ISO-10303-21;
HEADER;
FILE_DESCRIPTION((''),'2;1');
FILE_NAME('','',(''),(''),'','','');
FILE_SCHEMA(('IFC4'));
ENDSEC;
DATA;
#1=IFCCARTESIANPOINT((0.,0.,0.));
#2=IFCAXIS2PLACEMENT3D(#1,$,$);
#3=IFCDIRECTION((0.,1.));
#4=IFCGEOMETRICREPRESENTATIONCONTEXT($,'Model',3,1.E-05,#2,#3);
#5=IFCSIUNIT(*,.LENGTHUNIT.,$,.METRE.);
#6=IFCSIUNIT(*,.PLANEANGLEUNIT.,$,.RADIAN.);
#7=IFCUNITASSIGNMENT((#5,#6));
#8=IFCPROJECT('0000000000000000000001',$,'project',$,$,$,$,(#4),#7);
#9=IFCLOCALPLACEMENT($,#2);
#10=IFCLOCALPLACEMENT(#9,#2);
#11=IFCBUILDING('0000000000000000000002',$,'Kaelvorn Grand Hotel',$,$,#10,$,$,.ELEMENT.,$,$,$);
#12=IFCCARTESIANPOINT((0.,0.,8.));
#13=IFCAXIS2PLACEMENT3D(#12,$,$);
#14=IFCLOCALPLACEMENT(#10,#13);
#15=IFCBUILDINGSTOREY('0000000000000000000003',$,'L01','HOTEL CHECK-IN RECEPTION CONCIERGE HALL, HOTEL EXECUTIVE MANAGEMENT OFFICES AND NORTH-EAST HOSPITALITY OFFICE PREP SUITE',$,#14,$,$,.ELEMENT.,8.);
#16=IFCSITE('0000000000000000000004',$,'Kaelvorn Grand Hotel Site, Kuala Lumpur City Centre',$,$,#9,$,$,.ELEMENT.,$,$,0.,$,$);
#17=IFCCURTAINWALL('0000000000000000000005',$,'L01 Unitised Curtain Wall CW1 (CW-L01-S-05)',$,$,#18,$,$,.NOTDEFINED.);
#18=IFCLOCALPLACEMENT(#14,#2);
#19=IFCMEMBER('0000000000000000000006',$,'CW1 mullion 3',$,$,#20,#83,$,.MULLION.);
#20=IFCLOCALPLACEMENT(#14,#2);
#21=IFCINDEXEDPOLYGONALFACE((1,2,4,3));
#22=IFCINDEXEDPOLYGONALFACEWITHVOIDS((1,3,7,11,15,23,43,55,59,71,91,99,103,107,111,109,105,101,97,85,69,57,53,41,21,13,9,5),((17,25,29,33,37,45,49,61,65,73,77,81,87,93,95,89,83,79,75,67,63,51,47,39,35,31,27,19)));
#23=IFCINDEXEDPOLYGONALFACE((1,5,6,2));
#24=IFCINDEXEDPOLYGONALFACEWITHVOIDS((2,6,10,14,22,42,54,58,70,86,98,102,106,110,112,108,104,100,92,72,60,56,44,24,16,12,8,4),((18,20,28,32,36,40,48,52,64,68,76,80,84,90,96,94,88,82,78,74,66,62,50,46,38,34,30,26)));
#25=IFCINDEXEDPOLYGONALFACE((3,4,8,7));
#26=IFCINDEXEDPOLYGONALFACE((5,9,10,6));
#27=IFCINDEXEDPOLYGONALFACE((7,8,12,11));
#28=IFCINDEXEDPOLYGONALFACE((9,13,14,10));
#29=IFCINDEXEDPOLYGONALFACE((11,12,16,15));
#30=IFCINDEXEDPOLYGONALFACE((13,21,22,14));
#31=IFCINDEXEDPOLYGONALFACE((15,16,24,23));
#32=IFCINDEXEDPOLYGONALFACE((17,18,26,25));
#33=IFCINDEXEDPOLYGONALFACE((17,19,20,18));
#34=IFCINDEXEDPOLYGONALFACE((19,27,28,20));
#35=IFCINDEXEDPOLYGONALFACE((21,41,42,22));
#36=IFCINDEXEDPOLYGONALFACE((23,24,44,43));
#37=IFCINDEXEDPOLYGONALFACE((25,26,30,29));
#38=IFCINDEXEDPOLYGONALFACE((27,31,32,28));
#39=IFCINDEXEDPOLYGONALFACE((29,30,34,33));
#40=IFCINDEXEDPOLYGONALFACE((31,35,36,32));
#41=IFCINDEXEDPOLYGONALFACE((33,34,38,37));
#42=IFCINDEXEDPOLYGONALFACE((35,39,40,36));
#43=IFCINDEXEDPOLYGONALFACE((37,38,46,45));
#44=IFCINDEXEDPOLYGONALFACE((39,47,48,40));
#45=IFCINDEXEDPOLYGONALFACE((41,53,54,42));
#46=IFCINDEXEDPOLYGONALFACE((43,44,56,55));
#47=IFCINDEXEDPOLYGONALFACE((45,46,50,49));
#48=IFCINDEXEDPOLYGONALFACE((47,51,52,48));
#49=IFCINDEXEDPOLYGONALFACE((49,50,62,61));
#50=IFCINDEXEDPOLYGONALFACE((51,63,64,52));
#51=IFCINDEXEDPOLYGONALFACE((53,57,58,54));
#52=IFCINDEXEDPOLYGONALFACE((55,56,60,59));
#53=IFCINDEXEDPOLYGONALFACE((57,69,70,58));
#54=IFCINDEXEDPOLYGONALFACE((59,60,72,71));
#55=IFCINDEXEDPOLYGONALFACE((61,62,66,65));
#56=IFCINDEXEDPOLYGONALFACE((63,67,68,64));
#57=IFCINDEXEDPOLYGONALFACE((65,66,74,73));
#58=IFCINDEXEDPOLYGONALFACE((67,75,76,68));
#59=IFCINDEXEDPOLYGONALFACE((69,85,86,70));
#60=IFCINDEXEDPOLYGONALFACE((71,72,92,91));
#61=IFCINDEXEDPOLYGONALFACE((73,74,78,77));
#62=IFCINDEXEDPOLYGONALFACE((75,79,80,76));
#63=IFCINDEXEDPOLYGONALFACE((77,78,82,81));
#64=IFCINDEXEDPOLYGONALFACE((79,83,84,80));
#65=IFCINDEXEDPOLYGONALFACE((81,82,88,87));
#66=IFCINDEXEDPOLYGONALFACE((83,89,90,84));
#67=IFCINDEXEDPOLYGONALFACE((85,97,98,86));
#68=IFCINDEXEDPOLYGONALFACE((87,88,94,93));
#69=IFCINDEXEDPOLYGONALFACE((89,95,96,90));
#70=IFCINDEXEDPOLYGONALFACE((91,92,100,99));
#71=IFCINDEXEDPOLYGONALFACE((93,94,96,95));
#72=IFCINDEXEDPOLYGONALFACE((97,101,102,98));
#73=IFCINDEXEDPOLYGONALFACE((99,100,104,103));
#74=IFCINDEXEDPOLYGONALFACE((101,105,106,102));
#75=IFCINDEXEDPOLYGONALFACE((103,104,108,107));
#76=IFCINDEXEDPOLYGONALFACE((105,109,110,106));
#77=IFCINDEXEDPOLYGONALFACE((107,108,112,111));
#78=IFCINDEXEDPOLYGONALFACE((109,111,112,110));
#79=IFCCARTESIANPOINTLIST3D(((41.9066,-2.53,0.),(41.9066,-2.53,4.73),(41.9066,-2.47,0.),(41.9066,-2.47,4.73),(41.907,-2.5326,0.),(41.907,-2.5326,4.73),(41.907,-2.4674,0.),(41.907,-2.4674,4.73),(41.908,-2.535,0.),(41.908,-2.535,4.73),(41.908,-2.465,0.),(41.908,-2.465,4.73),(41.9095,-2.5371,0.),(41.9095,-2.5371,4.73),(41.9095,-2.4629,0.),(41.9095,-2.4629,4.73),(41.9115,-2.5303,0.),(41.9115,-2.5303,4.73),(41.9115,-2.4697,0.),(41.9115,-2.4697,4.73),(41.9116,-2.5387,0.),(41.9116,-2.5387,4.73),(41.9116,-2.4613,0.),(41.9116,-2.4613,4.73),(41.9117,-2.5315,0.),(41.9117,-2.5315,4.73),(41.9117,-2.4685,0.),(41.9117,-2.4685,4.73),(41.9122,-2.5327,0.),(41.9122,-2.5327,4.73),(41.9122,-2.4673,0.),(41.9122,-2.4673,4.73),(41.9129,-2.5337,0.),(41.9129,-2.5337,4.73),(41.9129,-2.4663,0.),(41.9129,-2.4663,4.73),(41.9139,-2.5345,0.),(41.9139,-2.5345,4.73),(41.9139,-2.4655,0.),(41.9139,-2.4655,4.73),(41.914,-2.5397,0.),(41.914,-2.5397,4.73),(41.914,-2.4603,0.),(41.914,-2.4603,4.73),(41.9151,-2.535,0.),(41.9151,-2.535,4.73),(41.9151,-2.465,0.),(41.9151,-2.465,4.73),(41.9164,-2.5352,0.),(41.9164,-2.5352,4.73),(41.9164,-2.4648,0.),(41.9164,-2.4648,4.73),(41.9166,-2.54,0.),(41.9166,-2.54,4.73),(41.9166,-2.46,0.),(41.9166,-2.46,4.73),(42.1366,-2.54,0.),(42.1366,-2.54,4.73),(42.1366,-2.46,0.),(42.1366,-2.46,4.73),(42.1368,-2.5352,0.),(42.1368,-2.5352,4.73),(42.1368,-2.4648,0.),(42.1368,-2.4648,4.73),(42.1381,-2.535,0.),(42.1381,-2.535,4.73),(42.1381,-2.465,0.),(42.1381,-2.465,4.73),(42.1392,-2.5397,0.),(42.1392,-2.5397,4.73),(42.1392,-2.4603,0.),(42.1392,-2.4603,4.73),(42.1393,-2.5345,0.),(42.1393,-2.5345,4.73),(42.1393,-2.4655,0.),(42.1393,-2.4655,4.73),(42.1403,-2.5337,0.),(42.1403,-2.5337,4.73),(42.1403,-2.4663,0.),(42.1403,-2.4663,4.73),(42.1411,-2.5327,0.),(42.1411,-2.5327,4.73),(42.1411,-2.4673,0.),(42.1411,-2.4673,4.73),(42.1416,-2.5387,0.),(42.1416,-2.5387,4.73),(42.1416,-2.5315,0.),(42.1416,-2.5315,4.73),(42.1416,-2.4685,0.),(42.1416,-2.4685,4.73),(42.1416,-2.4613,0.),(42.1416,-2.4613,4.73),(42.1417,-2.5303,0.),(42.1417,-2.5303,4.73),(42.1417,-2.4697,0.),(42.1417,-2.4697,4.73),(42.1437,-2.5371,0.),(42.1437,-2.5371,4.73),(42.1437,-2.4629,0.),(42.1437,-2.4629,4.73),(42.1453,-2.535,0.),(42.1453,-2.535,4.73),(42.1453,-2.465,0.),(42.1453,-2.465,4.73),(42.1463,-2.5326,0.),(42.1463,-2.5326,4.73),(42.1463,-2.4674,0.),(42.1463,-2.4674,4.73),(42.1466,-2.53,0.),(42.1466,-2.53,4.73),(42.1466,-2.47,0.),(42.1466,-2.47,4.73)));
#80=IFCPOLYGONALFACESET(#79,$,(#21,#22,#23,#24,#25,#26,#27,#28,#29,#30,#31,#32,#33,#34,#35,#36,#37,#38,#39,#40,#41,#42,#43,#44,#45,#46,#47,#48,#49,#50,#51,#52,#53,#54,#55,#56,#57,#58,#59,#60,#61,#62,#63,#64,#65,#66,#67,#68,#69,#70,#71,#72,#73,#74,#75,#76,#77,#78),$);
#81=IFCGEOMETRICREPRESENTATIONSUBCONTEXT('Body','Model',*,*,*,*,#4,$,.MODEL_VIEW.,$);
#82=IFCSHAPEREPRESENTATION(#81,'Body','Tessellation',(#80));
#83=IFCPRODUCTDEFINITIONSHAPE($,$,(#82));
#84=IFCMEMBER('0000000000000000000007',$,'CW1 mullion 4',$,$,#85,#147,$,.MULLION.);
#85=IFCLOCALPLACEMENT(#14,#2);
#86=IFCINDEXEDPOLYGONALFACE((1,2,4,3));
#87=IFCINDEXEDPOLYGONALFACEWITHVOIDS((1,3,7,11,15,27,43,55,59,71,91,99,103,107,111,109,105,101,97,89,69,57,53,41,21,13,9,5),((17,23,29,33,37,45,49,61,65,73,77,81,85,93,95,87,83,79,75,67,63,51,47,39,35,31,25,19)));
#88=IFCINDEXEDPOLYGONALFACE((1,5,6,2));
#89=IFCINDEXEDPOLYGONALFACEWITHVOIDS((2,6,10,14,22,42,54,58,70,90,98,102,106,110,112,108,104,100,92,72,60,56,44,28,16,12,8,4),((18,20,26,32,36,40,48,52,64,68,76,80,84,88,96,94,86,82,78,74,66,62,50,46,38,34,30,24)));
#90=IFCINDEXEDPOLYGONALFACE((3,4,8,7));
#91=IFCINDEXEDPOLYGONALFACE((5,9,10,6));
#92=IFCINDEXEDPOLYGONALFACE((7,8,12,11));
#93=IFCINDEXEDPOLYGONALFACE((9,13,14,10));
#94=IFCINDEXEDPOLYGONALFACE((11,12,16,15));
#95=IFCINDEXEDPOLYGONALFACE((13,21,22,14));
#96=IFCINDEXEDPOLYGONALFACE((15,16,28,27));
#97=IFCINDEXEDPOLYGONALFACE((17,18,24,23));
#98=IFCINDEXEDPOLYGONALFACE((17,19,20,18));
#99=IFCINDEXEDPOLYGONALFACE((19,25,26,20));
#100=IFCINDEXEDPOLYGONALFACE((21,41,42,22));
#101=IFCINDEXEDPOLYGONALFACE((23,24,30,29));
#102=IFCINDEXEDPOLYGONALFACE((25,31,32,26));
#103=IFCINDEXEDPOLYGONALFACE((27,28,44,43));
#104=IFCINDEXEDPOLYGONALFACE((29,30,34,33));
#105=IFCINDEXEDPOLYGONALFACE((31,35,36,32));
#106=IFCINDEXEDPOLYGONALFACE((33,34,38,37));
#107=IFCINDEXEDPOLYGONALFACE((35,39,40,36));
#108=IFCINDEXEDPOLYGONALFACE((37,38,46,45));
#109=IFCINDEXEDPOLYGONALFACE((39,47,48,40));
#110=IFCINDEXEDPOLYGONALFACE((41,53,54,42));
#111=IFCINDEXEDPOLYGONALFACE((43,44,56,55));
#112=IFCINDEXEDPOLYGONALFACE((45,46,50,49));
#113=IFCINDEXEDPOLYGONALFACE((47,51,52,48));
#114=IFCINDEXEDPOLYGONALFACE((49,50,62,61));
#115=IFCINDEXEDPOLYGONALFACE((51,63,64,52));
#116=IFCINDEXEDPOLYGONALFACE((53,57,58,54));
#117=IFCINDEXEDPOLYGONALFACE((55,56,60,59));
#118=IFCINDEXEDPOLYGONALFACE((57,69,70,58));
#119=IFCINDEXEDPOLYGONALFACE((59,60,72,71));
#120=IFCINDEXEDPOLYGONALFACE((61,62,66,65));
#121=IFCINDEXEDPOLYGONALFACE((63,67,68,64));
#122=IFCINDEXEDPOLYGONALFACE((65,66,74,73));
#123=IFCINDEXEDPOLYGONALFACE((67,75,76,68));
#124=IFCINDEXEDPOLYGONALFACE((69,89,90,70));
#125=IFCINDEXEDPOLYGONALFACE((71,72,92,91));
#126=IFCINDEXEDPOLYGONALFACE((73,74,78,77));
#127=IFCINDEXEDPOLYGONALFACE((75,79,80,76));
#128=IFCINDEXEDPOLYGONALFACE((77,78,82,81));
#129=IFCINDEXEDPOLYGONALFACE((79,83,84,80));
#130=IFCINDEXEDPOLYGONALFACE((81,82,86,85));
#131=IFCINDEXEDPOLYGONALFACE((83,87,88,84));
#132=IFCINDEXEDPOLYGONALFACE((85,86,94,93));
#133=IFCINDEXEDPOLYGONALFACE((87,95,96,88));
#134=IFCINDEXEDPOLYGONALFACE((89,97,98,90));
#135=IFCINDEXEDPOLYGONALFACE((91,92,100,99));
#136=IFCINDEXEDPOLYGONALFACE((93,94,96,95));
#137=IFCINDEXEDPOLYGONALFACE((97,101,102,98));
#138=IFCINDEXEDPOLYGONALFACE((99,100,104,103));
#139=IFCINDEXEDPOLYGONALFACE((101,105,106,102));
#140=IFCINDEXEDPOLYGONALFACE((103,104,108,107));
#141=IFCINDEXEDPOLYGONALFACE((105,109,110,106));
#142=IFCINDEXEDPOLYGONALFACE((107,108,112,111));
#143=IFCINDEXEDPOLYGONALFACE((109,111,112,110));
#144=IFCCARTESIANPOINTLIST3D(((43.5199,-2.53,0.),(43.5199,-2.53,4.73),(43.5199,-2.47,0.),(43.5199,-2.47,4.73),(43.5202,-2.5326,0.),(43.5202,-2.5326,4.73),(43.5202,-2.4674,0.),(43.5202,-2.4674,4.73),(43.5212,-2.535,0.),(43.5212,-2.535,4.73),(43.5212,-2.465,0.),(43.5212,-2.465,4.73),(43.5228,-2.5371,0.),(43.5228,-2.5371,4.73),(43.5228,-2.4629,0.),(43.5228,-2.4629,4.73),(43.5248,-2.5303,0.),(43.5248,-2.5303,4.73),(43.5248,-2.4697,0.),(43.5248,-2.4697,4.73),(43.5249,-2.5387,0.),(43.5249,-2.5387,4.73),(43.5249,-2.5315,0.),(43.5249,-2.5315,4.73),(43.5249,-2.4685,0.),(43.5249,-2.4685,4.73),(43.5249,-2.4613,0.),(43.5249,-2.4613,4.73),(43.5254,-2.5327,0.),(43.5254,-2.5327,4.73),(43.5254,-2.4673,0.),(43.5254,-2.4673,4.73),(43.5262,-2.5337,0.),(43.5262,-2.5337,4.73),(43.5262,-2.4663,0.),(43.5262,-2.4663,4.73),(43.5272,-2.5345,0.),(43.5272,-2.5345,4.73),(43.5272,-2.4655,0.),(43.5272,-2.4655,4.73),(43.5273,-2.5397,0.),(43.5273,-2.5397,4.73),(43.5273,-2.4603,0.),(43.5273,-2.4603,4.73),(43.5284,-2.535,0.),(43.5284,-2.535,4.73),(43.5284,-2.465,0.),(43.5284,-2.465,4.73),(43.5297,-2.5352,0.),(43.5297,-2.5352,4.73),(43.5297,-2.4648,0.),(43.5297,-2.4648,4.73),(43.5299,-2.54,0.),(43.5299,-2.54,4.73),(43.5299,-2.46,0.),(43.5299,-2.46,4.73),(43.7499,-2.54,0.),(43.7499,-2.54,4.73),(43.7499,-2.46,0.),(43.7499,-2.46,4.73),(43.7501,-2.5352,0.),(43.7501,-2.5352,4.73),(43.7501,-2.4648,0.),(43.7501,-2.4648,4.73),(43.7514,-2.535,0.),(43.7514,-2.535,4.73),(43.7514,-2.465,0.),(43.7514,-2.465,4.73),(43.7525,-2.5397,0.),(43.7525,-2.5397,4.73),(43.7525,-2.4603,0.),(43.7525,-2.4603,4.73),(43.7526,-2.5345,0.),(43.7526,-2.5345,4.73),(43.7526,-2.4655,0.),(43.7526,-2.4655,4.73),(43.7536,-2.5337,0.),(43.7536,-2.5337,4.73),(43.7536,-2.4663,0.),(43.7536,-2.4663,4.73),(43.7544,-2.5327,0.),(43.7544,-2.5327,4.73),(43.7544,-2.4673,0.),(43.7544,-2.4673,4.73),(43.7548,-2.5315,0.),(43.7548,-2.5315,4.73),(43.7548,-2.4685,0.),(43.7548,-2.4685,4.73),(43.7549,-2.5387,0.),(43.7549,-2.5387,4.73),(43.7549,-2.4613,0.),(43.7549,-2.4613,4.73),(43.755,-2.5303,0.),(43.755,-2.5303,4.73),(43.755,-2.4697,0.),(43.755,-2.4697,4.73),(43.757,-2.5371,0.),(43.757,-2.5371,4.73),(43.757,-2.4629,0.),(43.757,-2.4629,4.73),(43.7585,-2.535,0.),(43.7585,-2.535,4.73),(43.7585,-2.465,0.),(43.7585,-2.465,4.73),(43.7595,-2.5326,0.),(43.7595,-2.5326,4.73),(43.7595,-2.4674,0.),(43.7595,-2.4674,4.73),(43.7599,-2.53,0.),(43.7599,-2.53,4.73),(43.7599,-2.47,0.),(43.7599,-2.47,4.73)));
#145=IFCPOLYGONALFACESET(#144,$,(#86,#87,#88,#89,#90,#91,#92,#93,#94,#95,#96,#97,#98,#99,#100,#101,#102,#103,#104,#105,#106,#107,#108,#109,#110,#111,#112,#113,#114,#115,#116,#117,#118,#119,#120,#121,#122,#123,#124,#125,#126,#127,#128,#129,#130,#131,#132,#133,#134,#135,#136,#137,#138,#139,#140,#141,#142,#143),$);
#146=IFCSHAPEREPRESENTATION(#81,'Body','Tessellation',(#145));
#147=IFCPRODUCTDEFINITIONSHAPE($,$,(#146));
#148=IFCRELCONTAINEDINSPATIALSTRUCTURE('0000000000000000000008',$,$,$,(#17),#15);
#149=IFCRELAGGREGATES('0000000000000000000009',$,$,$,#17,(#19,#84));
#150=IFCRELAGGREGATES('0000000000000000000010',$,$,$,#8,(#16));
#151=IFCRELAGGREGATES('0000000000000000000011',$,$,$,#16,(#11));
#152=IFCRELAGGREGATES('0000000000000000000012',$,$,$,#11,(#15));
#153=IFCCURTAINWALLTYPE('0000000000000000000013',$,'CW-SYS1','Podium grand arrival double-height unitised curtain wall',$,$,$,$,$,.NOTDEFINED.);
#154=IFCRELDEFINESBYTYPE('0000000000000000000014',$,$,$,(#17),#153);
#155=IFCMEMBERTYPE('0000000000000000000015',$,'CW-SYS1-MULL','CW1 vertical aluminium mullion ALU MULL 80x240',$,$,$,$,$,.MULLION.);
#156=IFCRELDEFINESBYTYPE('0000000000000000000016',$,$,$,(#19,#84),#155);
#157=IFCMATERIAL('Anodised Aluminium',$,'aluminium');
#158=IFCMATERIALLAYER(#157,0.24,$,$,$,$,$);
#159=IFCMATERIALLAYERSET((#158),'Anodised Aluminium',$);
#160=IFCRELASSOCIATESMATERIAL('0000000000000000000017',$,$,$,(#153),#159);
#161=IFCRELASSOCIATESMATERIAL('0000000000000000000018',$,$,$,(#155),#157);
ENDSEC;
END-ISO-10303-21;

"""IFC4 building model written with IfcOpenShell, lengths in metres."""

from ifc_helpers import new_model, si_unit, direction, frame, origin, origin_2d, place, context, subcontext, project, spatial, hollow_rectangle, extrude, material, layer, layer_set, material_profile, profile_set, type_object, element, aggregate, save


model = new_model("IFC4")

# Units and contexts
model_context = context("Model", 3, precision=1e-05, world=origin(), true_north=direction((0.0, 1.0)))
body_context = subcontext(model_context, "Body", "Model", "MODEL_VIEW")
ifc_project = project(units=[si_unit("LENGTHUNIT", "METRE"), si_unit("PLANEANGLEUNIT", "RADIAN")], contexts=[model_context])

# Site, building, storey
site_placement = place(None, origin())
site = spatial("IfcSite", under=ifc_project, at=site_placement, Name="Kaelvorn Grand Hotel Site, Kuala Lumpur City Centre", CompositionType="ELEMENT", RefElevation=0.0)
building_placement = place(site_placement, origin())
building = spatial("IfcBuilding", under=site, at=building_placement, Name="Kaelvorn Grand Hotel", CompositionType="ELEMENT")
storey_placement = place(building_placement, frame((0.0, 0.0, 8.0)))
storey = spatial("IfcBuildingStorey", under=building, at=storey_placement, Name="L01", Description="HOTEL CHECK-IN RECEPTION CONCIERGE HALL, HOTEL EXECUTIVE MANAGEMENT OFFICES AND NORTH-EAST HOSPITALITY OFFICE PREP SUITE", CompositionType="ELEMENT", Elevation=8.0)

# Curtain wall, members
ifc_material_1 = material(Name="Anodised Aluminium", Category="aluminium")
ifc_layer_1 = layer(ifc_material_1, 0.24)
ifc_layer_set_1 = layer_set([ifc_layer_1], Name="Anodised Aluminium")
curtain_wall_type = type_object("IfcCurtainWallType", Name="CW-SYS1", Description="Podium grand arrival double-height unitised curtain wall", PredefinedType="NOTDEFINED", material=ifc_layer_set_1)
curtain_wall_1_placement = place(storey_placement, origin())
curtain_wall_1 = element("IfcCurtainWall", 1, at=curtain_wall_1_placement, inside=storey, type_object=curtain_wall_type, Name="L01 Unitised Curtain Wall CW1 (CW-L01-S-05)", PredefinedType="NOTDEFINED")
ifc_material_profile_1 = material_profile(ifc_material_1, hollow_rectangle(XDim=0.0801, YDim=0.24, WallThickness=0.0049, InnerFilletRadius=0.0049, OuterFilletRadius=0.01, at=origin_2d()), Name="ALU MULL 80x240")
ifc_profile_set_1 = profile_set([ifc_material_profile_1], Name="Anodised Aluminium")
member_type_1 = type_object("IfcMemberType", Name="CW-SYS1-MULL", Description="CW1 vertical aluminium mullion ALU MULL 80x240", PredefinedType="MULLION", material=ifc_profile_set_1)
member_1_placement = place(storey_placement, frame((42.0266, -2.5, 0.0), z_axis=(0.0, 0.0, 1.0), x_axis=(0.0, 1.0, 0.0)))
member_1 = element("IfcMember", 2, at=member_1_placement, type_object=member_type_1, Name="CW1 mullion 3", PredefinedType="MULLION", context=body_context, shape_type="SweptSolid", body=[
    extrude(hollow_rectangle(XDim=0.0801, YDim=0.24, WallThickness=0.0049, InnerFilletRadius=0.0049, OuterFilletRadius=0.01, at=origin_2d()), origin(), (0.0, 0.0, 1.0), 4.73),
])
member_2_placement = place(storey_placement, frame((43.6399, -2.5, 0.0), z_axis=(0.0, 0.0, 1.0), x_axis=(0.0, 1.0, 0.0)))
member_2 = element("IfcMember", 3, at=member_2_placement, type_object=member_type_1, Name="CW1 mullion 4", PredefinedType="MULLION", context=body_context, shape_type="SweptSolid", body=[
    extrude(hollow_rectangle(XDim=0.0801, YDim=0.24, WallThickness=0.0049, InnerFilletRadius=0.0049, OuterFilletRadius=0.01, at=origin_2d()), origin(), (0.0, 0.0, 1.0), 4.73),
])

aggregate(curtain_wall_1, [member_1, member_2])

save(model, "model.ifc")
